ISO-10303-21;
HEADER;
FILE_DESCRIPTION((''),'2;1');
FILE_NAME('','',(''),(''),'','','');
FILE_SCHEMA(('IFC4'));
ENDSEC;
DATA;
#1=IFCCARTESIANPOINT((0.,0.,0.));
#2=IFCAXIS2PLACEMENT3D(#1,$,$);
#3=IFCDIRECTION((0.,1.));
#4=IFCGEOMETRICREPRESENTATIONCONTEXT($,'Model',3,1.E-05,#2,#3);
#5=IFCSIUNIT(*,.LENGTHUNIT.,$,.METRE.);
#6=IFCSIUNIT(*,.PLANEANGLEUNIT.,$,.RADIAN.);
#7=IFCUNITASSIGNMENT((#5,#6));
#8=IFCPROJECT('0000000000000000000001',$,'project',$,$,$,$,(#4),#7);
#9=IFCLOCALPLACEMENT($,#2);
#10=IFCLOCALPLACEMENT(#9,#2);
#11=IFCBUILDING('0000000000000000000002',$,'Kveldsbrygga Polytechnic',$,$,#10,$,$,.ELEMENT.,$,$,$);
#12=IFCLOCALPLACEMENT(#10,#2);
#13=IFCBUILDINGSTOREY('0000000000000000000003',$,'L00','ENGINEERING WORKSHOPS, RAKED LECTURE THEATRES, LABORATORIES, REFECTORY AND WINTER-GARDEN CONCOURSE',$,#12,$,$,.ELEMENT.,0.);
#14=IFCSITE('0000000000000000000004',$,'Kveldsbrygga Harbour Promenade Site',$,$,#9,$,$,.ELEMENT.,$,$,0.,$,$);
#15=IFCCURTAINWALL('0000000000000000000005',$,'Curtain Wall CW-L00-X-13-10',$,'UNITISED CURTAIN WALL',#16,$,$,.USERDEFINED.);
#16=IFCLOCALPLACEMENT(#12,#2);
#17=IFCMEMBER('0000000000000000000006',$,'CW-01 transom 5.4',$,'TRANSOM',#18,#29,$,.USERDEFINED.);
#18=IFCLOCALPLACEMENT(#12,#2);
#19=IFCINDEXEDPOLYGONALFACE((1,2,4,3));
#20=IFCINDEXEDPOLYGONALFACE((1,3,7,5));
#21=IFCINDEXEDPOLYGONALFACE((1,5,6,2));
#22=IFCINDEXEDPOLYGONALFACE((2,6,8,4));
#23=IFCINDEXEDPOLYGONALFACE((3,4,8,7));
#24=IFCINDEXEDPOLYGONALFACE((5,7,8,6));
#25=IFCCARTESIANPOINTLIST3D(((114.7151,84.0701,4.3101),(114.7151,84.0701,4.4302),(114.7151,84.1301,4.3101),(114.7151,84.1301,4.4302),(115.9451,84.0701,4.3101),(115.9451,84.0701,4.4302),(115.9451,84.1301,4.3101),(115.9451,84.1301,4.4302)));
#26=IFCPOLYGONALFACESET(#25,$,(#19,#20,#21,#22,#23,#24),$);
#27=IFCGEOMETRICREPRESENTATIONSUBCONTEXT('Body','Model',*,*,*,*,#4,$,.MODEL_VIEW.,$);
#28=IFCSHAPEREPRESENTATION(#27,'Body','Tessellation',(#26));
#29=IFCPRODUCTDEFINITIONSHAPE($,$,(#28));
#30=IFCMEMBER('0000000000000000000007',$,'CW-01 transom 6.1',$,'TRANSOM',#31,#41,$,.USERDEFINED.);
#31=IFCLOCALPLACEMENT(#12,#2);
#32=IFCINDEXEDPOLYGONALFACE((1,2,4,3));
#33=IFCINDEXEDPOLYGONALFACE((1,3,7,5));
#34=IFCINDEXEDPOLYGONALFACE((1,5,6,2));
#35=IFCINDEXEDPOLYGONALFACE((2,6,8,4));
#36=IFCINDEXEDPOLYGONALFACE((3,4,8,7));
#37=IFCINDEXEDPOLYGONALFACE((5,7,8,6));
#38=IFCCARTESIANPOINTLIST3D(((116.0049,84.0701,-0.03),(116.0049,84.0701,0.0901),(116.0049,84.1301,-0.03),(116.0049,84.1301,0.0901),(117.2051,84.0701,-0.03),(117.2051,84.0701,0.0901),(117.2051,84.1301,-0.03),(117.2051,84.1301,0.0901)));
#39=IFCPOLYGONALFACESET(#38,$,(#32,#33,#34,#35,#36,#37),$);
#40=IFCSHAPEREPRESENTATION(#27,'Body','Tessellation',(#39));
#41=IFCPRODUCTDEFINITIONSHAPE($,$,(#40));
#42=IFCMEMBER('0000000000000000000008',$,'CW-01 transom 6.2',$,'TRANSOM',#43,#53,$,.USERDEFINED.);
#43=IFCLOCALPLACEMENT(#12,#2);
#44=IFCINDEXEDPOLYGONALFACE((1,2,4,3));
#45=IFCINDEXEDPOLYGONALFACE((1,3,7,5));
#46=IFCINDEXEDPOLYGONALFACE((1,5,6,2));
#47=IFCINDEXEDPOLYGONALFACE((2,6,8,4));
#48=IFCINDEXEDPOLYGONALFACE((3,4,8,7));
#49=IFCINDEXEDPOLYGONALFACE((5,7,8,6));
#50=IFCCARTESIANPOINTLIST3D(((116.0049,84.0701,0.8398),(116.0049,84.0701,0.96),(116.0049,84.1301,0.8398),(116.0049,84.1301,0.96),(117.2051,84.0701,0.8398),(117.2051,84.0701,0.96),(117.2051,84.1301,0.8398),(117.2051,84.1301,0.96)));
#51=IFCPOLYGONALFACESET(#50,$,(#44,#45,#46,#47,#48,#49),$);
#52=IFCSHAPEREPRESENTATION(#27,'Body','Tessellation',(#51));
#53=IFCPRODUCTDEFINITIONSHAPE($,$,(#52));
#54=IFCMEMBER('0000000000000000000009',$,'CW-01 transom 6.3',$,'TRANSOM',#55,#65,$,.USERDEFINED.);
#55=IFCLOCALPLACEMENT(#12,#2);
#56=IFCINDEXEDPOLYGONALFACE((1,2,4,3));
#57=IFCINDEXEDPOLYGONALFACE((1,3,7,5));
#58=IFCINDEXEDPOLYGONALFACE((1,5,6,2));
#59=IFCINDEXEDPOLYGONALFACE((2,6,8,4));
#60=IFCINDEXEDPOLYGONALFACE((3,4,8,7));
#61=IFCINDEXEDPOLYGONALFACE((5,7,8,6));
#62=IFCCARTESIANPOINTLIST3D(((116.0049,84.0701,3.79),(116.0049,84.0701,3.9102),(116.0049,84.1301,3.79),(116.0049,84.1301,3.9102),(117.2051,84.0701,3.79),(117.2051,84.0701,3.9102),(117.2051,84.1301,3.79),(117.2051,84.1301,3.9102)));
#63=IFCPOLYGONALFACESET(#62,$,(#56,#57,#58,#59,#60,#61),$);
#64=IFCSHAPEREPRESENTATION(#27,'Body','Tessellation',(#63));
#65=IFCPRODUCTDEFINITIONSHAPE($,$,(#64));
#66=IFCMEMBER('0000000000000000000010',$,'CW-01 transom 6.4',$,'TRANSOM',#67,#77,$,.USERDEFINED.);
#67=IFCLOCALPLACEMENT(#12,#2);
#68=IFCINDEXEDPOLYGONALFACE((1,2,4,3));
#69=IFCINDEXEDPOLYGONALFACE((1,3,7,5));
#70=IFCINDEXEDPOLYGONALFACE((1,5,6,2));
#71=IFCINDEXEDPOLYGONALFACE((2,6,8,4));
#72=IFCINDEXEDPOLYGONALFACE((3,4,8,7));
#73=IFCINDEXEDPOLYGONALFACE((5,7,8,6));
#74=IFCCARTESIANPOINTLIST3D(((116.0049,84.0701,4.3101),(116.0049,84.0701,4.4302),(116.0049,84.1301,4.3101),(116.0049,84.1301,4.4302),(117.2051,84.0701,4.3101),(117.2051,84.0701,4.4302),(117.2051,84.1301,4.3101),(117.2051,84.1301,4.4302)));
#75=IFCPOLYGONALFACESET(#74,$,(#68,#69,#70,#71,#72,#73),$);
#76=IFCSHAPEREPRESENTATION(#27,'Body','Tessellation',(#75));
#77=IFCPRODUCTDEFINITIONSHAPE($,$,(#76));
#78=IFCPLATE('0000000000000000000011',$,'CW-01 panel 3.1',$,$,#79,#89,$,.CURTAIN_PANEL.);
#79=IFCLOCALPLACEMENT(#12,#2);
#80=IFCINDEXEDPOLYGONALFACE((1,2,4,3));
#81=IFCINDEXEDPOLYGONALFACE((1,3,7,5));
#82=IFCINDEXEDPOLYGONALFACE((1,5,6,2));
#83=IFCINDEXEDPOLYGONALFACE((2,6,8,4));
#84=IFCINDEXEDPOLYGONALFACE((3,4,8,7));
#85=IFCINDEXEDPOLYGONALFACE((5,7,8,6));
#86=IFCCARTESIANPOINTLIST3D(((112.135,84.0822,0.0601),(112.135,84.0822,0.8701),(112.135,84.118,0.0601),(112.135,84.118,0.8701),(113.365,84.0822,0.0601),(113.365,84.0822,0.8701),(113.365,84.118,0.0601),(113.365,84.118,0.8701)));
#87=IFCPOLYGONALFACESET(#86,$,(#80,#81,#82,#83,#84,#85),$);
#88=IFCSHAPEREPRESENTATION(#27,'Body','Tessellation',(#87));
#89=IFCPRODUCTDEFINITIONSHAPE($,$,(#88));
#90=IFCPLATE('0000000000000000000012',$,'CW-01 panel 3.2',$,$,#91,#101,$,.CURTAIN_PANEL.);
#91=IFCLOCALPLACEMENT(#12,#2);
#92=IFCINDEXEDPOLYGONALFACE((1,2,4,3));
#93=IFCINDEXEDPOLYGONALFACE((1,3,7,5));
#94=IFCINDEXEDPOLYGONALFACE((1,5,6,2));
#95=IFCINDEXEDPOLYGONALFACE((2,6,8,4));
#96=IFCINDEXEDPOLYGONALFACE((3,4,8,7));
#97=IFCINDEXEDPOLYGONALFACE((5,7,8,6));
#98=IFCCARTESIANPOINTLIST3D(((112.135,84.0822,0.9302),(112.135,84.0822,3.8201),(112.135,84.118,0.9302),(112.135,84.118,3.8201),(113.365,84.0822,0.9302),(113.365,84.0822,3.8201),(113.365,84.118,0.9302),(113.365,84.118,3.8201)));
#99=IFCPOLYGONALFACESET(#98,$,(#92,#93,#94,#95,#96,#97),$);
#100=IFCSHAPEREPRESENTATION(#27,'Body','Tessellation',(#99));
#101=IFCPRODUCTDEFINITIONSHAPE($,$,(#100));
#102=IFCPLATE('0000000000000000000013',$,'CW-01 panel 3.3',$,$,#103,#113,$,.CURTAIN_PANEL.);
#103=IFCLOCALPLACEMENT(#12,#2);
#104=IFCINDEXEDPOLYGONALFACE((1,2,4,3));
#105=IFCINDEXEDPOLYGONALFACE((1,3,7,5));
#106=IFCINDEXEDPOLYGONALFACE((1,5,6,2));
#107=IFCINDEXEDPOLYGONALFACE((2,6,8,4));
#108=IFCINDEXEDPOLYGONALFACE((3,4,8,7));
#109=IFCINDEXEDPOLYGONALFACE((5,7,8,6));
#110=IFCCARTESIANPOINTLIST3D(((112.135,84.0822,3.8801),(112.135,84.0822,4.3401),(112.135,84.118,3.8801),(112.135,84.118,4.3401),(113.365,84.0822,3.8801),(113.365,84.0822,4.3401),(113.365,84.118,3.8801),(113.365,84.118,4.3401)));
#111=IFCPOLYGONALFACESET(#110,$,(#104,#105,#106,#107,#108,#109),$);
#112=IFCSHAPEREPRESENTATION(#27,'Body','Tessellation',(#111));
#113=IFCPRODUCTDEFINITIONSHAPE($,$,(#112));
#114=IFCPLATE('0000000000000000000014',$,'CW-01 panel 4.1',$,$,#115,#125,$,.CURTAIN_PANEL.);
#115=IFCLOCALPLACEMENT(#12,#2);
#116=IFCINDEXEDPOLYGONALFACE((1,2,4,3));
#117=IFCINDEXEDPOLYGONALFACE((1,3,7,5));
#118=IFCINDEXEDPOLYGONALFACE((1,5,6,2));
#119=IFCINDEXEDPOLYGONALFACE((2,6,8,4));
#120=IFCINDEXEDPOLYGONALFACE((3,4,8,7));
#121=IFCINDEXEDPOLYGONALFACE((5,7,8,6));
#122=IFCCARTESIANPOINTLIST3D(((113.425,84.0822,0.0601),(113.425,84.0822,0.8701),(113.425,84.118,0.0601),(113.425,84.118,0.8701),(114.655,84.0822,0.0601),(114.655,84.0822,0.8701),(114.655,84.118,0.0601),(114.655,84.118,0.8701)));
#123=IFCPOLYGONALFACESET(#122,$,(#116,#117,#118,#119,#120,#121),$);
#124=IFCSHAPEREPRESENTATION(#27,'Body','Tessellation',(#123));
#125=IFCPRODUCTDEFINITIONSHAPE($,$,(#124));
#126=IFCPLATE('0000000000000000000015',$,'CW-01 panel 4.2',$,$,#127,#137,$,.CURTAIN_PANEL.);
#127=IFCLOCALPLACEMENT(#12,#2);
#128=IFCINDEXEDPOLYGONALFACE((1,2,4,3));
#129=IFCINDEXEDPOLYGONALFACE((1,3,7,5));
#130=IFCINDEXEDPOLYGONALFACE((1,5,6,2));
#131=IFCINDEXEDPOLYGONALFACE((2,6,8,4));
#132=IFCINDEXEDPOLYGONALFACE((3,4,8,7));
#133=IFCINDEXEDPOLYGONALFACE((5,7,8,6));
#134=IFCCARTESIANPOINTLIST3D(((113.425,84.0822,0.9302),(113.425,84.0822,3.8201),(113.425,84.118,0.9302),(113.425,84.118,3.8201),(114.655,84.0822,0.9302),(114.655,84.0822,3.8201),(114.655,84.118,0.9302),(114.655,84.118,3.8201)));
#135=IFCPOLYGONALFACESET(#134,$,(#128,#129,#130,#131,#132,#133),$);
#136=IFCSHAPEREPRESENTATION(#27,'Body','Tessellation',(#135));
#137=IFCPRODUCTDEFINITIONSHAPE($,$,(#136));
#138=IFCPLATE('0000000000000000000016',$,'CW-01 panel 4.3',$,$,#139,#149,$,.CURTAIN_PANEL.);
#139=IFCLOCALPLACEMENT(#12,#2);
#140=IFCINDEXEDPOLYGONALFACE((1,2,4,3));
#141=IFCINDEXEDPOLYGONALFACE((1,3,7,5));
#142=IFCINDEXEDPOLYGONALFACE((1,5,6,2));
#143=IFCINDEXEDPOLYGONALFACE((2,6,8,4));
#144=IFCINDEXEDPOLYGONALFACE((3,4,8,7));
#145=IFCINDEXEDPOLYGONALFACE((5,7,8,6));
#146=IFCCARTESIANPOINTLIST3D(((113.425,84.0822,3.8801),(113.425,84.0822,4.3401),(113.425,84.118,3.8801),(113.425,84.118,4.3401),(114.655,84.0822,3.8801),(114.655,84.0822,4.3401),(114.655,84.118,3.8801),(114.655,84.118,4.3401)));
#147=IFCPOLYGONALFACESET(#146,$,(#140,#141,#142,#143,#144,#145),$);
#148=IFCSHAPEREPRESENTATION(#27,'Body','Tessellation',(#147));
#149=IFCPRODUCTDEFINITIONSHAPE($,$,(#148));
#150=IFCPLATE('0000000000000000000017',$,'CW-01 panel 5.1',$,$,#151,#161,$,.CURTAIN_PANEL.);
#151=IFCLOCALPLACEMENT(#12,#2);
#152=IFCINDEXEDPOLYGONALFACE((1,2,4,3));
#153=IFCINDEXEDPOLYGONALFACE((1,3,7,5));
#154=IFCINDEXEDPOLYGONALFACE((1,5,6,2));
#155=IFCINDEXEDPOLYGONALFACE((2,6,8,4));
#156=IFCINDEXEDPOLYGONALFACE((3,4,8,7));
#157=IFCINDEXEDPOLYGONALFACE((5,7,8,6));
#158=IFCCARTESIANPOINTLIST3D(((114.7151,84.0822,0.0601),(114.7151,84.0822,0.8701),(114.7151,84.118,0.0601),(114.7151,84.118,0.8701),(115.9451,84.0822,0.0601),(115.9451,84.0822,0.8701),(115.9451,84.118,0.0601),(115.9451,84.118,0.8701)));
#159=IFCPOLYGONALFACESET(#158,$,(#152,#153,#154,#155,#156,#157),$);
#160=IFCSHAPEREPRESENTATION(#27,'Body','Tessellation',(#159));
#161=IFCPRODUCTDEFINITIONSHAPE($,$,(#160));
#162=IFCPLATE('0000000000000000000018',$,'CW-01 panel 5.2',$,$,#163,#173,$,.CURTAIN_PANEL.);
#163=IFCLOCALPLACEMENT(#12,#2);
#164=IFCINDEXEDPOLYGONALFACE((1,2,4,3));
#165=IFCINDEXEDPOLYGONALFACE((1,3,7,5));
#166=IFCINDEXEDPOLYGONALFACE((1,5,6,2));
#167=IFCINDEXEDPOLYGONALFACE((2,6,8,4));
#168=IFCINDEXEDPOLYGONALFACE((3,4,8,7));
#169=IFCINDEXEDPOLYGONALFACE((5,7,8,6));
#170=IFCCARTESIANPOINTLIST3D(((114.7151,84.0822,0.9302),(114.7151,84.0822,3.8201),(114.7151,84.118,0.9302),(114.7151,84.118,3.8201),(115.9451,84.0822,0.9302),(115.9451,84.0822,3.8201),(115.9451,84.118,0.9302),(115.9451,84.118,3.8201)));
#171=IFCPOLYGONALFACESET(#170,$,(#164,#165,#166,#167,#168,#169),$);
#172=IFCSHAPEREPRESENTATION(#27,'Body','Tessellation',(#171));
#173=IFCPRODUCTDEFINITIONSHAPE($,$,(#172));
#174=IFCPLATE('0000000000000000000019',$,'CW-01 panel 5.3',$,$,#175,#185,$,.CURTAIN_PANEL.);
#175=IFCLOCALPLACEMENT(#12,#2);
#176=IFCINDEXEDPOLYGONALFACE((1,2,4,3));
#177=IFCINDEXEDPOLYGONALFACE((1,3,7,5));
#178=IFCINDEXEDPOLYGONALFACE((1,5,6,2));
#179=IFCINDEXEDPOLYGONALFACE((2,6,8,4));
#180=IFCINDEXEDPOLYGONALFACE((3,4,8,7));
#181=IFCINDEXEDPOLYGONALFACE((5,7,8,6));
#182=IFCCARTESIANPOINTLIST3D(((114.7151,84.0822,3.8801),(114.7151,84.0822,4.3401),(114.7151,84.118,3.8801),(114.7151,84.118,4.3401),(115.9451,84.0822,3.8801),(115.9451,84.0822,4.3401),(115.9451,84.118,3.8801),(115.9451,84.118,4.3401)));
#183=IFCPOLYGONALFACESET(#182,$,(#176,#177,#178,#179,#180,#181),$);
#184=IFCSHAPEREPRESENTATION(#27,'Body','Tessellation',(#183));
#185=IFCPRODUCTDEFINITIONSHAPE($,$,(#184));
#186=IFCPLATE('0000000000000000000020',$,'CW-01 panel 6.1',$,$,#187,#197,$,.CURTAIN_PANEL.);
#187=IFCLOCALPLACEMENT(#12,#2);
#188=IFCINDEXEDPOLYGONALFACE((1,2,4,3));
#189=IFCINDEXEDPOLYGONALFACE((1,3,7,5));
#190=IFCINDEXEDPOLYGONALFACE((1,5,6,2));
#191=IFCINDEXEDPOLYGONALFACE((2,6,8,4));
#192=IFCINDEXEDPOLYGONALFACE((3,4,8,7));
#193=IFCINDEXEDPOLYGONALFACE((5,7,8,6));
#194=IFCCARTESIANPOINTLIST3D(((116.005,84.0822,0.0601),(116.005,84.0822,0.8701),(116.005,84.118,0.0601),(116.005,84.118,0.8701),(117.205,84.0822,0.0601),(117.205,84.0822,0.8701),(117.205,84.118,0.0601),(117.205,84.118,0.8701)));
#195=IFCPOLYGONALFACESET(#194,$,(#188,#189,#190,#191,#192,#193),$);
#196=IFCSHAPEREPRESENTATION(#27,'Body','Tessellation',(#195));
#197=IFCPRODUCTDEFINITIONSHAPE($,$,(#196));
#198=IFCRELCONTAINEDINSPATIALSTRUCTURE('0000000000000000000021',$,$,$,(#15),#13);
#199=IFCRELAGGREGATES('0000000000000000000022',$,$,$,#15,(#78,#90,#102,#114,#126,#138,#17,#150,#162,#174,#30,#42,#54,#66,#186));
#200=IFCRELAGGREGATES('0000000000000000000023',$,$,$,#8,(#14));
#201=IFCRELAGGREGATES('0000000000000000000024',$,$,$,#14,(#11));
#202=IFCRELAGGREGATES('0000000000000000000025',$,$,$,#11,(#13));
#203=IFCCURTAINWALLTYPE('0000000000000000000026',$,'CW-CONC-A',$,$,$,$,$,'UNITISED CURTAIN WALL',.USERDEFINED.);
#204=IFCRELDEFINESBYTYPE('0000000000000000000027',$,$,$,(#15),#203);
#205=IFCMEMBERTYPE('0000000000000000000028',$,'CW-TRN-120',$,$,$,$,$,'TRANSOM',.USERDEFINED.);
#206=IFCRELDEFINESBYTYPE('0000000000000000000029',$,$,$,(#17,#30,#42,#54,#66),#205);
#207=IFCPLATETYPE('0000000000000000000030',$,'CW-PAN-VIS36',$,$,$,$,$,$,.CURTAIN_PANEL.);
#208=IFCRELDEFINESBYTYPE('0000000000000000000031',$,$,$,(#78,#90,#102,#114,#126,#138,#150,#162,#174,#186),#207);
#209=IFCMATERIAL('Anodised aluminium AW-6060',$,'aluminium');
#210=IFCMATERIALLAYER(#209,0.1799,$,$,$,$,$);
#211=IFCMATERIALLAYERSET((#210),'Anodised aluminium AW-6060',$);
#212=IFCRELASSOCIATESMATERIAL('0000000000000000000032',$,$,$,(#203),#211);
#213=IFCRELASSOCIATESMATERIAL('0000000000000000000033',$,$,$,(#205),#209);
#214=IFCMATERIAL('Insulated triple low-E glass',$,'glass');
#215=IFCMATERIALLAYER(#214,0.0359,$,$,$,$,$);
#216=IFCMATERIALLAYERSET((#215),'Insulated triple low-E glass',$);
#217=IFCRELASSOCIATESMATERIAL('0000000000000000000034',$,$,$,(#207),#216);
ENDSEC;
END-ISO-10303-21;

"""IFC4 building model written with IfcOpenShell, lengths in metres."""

from ifc_helpers import new_model, si_unit, direction, frame, origin, origin_2d, place, context, subcontext, project, spatial, rectangle, extrude, material, layer, layer_set, material_profile, profile_set, type_object, element, aggregate, save


model = new_model("IFC4")

# Units and contexts
model_context = context("Model", 3, precision=1e-05, world=origin(), true_north=direction((0.0, 1.0)))
body_context = subcontext(model_context, "Body", "Model", "MODEL_VIEW")
ifc_project = project(units=[si_unit("LENGTHUNIT", "METRE"), si_unit("PLANEANGLEUNIT", "RADIAN")], contexts=[model_context])

# Site, building, storey
site_placement = place(None, origin())
site = spatial("IfcSite", under=ifc_project, at=site_placement, Name="Kveldsbrygga Harbour Promenade Site", CompositionType="ELEMENT", RefElevation=0.0)
building_placement = place(site_placement, origin())
building = spatial("IfcBuilding", under=site, at=building_placement, Name="Kveldsbrygga Polytechnic", CompositionType="ELEMENT")
storey_placement = place(building_placement, origin())
storey = spatial("IfcBuildingStorey", under=building, at=storey_placement, Name="L00", Description="ENGINEERING WORKSHOPS, RAKED LECTURE THEATRES, LABORATORIES, REFECTORY AND WINTER-GARDEN CONCOURSE", CompositionType="ELEMENT", Elevation=0.0)

# Curtain wall, members, plates
ifc_material_1 = material(Name="Anodised aluminium AW-6060", Category="aluminium")
ifc_layer_1 = layer(ifc_material_1, 0.1799)
ifc_layer_set_1 = layer_set([ifc_layer_1], Name="Anodised aluminium AW-6060")
curtain_wall_type = type_object("IfcCurtainWallType", Name="CW-CONC-A", ElementType="UNITISED CURTAIN WALL", PredefinedType="USERDEFINED", material=ifc_layer_set_1)
curtain_wall_placement = place(storey_placement, origin())
curtain_wall = element("IfcCurtainWall", 1, at=curtain_wall_placement, inside=storey, type_object=curtain_wall_type, Name="Curtain Wall CW-L00-X-13-10", ObjectType="UNITISED CURTAIN WALL", PredefinedType="USERDEFINED")
ifc_material_profile_1 = material_profile(ifc_material_1, rectangle(XDim=0.0601, YDim=0.1201, at=origin_2d()), Name="ALU 60x120")
ifc_profile_set_1 = profile_set([ifc_material_profile_1], Name="Anodised aluminium AW-6060")
member_type_1 = type_object("IfcMemberType", Name="CW-TRN-120", ElementType="TRANSOM", PredefinedType="USERDEFINED", material=ifc_profile_set_1)
member_1_placement = place(storey_placement, frame((114.7151, 84.1001, 4.3701), z_axis=(1.0, 0.0, 0.0), x_axis=(0.0, 1.0, 0.0)))
member_1 = element("IfcMember", 2, at=member_1_placement, type_object=member_type_1, Name="CW-01 transom 5.4", ObjectType="TRANSOM", PredefinedType="USERDEFINED", context=body_context, shape_type="SweptSolid", body=[
    extrude(rectangle(XDim=0.0601, YDim=0.1201, at=origin_2d()), origin(), (0.0, 0.0, 1.0), 1.23),
])
member_2_placement = place(storey_placement, frame((116.0049, 84.1001, 0.03), z_axis=(1.0, 0.0, 0.0), x_axis=(0.0, 1.0, 0.0)))
member_2 = element("IfcMember", 3, at=member_2_placement, type_object=member_type_1, Name="CW-01 transom 6.1", ObjectType="TRANSOM", PredefinedType="USERDEFINED", context=body_context, shape_type="SweptSolid", body=[
    extrude(rectangle(XDim=0.0601, YDim=0.1201, at=origin_2d()), origin(), (0.0, 0.0, 1.0), 1.2002),
])
member_3_placement = place(storey_placement, frame((116.0049, 84.1001, 0.8999), z_axis=(1.0, 0.0, 0.0), x_axis=(0.0, 1.0, 0.0)))
member_3 = element("IfcMember", 4, at=member_3_placement, type_object=member_type_1, Name="CW-01 transom 6.2", ObjectType="TRANSOM", PredefinedType="USERDEFINED", context=body_context, shape_type="SweptSolid", body=[
    extrude(rectangle(XDim=0.0601, YDim=0.1201, at=origin_2d()), origin(), (0.0, 0.0, 1.0), 1.2002),
])
member_4_placement = place(storey_placement, frame((116.0049, 84.1001, 3.8501), z_axis=(1.0, 0.0, 0.0), x_axis=(0.0, 1.0, 0.0)))
member_4 = element("IfcMember", 5, at=member_4_placement, type_object=member_type_1, Name="CW-01 transom 6.3", ObjectType="TRANSOM", PredefinedType="USERDEFINED", context=body_context, shape_type="SweptSolid", body=[
    extrude(rectangle(XDim=0.0601, YDim=0.1201, at=origin_2d()), origin(), (0.0, 0.0, 1.0), 1.2002),
])
member_5_placement = place(storey_placement, frame((116.0049, 84.1001, 4.3701), z_axis=(1.0, 0.0, 0.0), x_axis=(0.0, 1.0, 0.0)))
member_5 = element("IfcMember", 6, at=member_5_placement, type_object=member_type_1, Name="CW-01 transom 6.4", ObjectType="TRANSOM", PredefinedType="USERDEFINED", context=body_context, shape_type="SweptSolid", body=[
    extrude(rectangle(XDim=0.0601, YDim=0.1201, at=origin_2d()), origin(), (0.0, 0.0, 1.0), 1.2002),
])
ifc_material_2 = material(Name="Insulated triple low-E glass", Category="glass")
ifc_layer_2 = layer(ifc_material_2, 0.0359)
ifc_layer_set_2 = layer_set([ifc_layer_2], Name="Insulated triple low-E glass")
plate_type = type_object("IfcPlateType", Name="CW-PAN-VIS36", PredefinedType="CURTAIN_PANEL", material=ifc_layer_set_2)
plate_1_placement = place(storey_placement, frame((112.75, 84.1001, 0.0601), z_axis=(0.0, 0.0, 1.0), x_axis=(1.0, 0.0, 0.0)))
plate_1 = element("IfcPlate", 7, at=plate_1_placement, type_object=plate_type, Name="CW-01 panel 3.1", PredefinedType="CURTAIN_PANEL", context=body_context, shape_type="SweptSolid", body=[
    extrude(rectangle(XDim=1.23, YDim=0.0359, at=origin_2d()), origin(), (0.0, 0.0, 1.0), 0.8101),
])
plate_2_placement = place(storey_placement, frame((112.75, 84.1001, 0.9302), z_axis=(0.0, 0.0, 1.0), x_axis=(1.0, 0.0, 0.0)))
plate_2 = element("IfcPlate", 8, at=plate_2_placement, type_object=plate_type, Name="CW-01 panel 3.2", PredefinedType="CURTAIN_PANEL", context=body_context, shape_type="SweptSolid", body=[
    extrude(rectangle(XDim=1.23, YDim=0.0359, at=origin_2d()), origin(), (0.0, 0.0, 1.0), 2.8899),
])
plate_3_placement = place(storey_placement, frame((112.75, 84.1001, 3.8801), z_axis=(0.0, 0.0, 1.0), x_axis=(1.0, 0.0, 0.0)))
plate_3 = element("IfcPlate", 9, at=plate_3_placement, type_object=plate_type, Name="CW-01 panel 3.3", PredefinedType="CURTAIN_PANEL", context=body_context, shape_type="SweptSolid", body=[
    extrude(rectangle(XDim=1.23, YDim=0.0359, at=origin_2d()), origin(), (0.0, 0.0, 1.0), 0.46),
])
plate_4_placement = place(storey_placement, frame((114.04, 84.1001, 0.0601), z_axis=(0.0, 0.0, 1.0), x_axis=(1.0, 0.0, 0.0)))
plate_4 = element("IfcPlate", 10, at=plate_4_placement, type_object=plate_type, Name="CW-01 panel 4.1", PredefinedType="CURTAIN_PANEL", context=body_context, shape_type="SweptSolid", body=[
    extrude(rectangle(XDim=1.23, YDim=0.0359, at=origin_2d()), origin(), (0.0, 0.0, 1.0), 0.8101),
])
plate_5_placement = place(storey_placement, frame((114.04, 84.1001, 0.9302), z_axis=(0.0, 0.0, 1.0), x_axis=(1.0, 0.0, 0.0)))
plate_5 = element("IfcPlate", 11, at=plate_5_placement, type_object=plate_type, Name="CW-01 panel 4.2", PredefinedType="CURTAIN_PANEL", context=body_context, shape_type="SweptSolid", body=[
    extrude(rectangle(XDim=1.23, YDim=0.0359, at=origin_2d()), origin(), (0.0, 0.0, 1.0), 2.8899),
])
plate_6_placement = place(storey_placement, frame((114.04, 84.1001, 3.8801), z_axis=(0.0, 0.0, 1.0), x_axis=(1.0, 0.0, 0.0)))
plate_6 = element("IfcPlate", 12, at=plate_6_placement, type_object=plate_type, Name="CW-01 panel 4.3", PredefinedType="CURTAIN_PANEL", context=body_context, shape_type="SweptSolid", body=[
    extrude(rectangle(XDim=1.23, YDim=0.0359, at=origin_2d()), origin(), (0.0, 0.0, 1.0), 0.46),
])
plate_7_placement = place(storey_placement, frame((115.3301, 84.1001, 0.0601), z_axis=(0.0, 0.0, 1.0), x_axis=(1.0, 0.0, 0.0)))
plate_7 = element("IfcPlate", 13, at=plate_7_placement, type_object=plate_type, Name="CW-01 panel 5.1", PredefinedType="CURTAIN_PANEL", context=body_context, shape_type="SweptSolid", body=[
    extrude(rectangle(XDim=1.23, YDim=0.0359, at=origin_2d()), origin(), (0.0, 0.0, 1.0), 0.8101),
])
plate_8_placement = place(storey_placement, frame((115.3301, 84.1001, 0.9302), z_axis=(0.0, 0.0, 1.0), x_axis=(1.0, 0.0, 0.0)))
plate_8 = element("IfcPlate", 14, at=plate_8_placement, type_object=plate_type, Name="CW-01 panel 5.2", PredefinedType="CURTAIN_PANEL", context=body_context, shape_type="SweptSolid", body=[
    extrude(rectangle(XDim=1.23, YDim=0.0359, at=origin_2d()), origin(), (0.0, 0.0, 1.0), 2.8899),
])
plate_9_placement = place(storey_placement, frame((115.3301, 84.1001, 3.8801), z_axis=(0.0, 0.0, 1.0), x_axis=(1.0, 0.0, 0.0)))
plate_9 = element("IfcPlate", 15, at=plate_9_placement, type_object=plate_type, Name="CW-01 panel 5.3", PredefinedType="CURTAIN_PANEL", context=body_context, shape_type="SweptSolid", body=[
    extrude(rectangle(XDim=1.23, YDim=0.0359, at=origin_2d()), origin(), (0.0, 0.0, 1.0), 0.46),
])
plate_10_placement = place(storey_placement, frame((116.605, 84.1001, 0.0601), z_axis=(0.0, 0.0, 1.0), x_axis=(1.0, 0.0, 0.0)))
plate_10 = element("IfcPlate", 16, at=plate_10_placement, type_object=plate_type, Name="CW-01 panel 6.1", PredefinedType="CURTAIN_PANEL", context=body_context, shape_type="SweptSolid", body=[
    extrude(rectangle(XDim=1.2, YDim=0.0359, at=origin_2d()), origin(), (0.0, 0.0, 1.0), 0.8101),
])
aggregate(curtain_wall, [plate_1, plate_2, plate_3, plate_4, plate_5, plate_6, member_1, plate_7, plate_8, plate_9, member_2, member_3, member_4, member_5, plate_10])

save(model, "model.ifc")
